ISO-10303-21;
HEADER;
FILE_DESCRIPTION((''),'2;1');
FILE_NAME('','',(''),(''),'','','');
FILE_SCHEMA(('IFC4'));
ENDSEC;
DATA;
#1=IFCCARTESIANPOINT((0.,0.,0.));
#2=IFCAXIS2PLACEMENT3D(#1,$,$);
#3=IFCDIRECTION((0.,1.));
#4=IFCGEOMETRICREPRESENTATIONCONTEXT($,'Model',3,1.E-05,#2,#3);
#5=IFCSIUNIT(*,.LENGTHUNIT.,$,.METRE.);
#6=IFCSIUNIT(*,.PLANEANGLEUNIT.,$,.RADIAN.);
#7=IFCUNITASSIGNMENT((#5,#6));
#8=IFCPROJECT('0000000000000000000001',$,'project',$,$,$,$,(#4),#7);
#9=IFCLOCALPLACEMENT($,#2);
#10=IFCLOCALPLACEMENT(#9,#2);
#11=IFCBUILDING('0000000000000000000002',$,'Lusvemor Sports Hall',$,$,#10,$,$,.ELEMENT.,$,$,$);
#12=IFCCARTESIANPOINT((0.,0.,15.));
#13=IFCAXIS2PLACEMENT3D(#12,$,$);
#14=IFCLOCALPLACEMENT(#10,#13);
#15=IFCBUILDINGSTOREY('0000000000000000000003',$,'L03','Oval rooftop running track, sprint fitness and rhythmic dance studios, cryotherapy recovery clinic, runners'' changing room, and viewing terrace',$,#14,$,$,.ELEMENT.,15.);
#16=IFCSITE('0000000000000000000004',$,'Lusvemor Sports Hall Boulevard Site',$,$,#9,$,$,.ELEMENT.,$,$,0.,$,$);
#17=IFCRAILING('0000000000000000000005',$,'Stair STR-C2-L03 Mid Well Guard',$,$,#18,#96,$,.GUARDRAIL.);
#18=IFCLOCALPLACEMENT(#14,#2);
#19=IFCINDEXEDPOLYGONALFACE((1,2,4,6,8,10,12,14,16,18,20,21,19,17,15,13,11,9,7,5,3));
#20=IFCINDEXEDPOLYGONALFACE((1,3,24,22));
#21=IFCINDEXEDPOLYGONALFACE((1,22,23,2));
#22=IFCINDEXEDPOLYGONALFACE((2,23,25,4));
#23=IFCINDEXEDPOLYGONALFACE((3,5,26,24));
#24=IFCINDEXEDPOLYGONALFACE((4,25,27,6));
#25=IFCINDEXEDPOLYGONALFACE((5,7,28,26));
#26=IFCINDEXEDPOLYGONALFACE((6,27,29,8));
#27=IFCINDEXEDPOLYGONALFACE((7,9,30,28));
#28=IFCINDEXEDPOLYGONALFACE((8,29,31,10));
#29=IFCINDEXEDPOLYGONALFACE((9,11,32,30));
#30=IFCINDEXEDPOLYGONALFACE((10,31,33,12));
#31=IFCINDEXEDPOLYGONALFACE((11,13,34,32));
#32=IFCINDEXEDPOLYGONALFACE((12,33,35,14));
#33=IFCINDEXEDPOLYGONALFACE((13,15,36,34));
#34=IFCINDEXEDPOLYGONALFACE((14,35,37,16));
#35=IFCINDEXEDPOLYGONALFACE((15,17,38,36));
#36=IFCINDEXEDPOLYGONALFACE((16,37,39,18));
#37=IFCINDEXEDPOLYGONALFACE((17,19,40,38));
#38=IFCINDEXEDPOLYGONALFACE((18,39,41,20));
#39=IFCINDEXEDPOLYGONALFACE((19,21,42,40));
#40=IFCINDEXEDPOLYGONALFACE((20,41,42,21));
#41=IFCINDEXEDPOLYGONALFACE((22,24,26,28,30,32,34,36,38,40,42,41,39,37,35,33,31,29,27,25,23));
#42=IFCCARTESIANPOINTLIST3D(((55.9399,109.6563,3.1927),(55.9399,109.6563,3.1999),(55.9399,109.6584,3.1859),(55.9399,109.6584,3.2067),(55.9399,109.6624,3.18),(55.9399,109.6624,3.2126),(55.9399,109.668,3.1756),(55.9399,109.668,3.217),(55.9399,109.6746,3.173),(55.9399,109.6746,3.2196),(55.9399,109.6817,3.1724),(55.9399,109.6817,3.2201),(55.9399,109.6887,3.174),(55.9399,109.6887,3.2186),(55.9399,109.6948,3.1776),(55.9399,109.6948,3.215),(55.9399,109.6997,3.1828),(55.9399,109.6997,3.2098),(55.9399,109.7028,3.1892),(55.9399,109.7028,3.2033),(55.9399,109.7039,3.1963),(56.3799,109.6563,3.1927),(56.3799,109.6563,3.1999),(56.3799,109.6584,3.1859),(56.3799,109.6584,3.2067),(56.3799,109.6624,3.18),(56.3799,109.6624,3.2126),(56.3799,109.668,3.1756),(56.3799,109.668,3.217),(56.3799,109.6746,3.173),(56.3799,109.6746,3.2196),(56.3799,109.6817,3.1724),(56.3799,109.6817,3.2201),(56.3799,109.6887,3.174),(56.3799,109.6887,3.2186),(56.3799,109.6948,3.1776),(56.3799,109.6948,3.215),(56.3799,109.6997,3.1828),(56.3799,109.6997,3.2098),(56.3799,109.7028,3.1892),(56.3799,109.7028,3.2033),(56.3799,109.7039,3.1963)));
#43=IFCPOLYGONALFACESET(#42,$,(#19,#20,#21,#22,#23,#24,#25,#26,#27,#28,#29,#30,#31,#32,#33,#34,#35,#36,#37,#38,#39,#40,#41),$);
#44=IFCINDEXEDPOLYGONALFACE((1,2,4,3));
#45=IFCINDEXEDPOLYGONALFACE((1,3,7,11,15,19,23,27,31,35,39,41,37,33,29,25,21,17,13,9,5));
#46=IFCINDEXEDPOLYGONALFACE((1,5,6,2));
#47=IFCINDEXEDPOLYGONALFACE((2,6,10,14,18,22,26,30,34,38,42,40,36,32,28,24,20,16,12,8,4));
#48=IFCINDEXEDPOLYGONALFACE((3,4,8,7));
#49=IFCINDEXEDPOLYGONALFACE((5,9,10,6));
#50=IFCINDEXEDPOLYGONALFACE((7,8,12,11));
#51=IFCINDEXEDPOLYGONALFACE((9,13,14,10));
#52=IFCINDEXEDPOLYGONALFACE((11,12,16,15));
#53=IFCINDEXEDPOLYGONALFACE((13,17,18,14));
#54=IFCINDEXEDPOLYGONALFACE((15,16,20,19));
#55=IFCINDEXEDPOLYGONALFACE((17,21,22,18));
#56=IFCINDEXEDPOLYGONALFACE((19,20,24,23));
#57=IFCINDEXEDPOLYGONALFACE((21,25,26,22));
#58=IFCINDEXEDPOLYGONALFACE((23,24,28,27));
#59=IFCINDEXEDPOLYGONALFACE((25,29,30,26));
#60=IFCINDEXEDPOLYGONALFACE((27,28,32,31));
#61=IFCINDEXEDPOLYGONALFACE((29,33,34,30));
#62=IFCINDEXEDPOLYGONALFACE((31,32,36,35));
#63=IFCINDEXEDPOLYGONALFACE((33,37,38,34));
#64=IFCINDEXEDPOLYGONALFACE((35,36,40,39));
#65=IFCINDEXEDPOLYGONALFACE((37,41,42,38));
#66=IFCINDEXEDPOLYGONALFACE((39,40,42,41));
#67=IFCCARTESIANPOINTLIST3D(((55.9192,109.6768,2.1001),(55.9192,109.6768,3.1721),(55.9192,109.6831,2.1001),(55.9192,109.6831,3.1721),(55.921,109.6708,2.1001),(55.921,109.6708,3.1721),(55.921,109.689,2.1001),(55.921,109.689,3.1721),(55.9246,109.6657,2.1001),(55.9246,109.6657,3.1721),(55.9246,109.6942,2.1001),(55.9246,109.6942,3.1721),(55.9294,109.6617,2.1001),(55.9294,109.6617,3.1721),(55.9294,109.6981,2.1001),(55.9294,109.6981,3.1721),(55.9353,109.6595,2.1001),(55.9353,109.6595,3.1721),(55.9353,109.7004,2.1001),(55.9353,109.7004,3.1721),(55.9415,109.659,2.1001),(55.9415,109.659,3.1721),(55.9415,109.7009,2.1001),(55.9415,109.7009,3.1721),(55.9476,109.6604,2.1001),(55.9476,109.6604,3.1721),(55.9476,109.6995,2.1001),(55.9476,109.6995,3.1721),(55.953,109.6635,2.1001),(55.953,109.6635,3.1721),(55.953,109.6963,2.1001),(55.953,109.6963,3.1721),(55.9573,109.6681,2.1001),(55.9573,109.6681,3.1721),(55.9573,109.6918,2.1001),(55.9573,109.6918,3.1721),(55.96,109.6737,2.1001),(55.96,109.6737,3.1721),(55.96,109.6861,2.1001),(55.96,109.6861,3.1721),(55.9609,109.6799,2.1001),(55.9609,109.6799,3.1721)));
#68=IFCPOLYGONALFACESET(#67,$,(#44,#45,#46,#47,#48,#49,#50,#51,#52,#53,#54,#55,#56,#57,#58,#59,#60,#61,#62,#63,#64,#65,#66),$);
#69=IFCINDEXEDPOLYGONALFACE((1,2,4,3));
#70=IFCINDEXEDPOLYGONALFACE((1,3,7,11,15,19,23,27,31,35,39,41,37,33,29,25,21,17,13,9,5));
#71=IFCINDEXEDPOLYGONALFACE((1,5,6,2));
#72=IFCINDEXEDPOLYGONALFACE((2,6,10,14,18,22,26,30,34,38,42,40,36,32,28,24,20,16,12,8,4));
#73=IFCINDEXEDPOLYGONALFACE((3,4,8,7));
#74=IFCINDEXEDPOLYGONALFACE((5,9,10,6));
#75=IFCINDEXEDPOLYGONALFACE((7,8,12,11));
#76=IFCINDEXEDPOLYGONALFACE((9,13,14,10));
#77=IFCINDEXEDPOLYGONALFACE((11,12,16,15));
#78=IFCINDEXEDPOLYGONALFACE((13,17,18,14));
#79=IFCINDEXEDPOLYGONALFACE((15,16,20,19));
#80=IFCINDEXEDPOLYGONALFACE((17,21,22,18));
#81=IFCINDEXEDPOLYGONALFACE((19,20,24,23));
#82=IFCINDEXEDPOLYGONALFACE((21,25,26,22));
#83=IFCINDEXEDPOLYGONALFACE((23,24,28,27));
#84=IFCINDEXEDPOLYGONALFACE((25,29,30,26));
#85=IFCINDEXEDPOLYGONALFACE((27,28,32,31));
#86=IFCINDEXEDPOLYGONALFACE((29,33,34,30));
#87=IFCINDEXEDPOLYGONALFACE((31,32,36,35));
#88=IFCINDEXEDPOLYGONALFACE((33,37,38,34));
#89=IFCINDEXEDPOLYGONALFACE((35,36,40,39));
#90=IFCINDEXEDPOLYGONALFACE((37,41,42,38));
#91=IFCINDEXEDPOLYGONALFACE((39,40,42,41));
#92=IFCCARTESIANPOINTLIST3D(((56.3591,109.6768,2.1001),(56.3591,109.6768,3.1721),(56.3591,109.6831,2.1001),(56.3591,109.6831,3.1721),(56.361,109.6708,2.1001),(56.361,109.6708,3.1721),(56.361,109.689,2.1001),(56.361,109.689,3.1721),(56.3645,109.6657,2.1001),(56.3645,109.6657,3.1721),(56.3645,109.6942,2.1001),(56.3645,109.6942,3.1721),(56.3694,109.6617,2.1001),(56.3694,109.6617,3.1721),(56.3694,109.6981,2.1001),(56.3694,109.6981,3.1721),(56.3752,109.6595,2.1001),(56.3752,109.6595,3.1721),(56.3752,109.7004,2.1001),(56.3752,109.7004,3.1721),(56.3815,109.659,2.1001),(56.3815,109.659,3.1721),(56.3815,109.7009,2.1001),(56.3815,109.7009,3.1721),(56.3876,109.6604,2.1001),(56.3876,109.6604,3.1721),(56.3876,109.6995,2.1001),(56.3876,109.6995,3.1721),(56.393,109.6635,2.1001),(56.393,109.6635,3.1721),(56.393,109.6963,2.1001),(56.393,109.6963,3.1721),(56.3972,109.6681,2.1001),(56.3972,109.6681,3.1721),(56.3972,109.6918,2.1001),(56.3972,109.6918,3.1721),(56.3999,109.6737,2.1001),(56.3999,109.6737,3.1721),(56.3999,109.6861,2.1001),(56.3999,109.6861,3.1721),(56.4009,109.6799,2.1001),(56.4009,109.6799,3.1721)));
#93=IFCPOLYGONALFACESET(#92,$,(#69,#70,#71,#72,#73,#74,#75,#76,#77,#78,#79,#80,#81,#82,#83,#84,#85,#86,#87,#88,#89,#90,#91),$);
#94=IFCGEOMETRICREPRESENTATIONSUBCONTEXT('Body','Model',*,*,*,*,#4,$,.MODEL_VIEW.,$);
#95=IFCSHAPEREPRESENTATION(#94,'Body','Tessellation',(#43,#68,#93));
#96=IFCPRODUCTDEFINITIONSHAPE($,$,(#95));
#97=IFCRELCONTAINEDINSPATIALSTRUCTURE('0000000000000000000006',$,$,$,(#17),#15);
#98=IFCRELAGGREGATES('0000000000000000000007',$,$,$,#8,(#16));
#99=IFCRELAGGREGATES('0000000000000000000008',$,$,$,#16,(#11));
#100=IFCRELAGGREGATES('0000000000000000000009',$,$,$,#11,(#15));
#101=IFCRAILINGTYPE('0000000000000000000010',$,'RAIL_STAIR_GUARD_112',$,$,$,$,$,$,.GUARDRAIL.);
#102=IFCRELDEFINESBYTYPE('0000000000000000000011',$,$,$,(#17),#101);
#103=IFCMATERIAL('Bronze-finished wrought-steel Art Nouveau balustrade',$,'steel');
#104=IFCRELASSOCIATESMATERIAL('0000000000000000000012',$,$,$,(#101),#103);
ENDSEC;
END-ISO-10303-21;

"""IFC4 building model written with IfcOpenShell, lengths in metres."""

from ifc_helpers import new_model, si_unit, direction, frame, origin, origin_2d, place, context, subcontext, project, spatial, circle, extrude, material, type_object, element, save


model = new_model("IFC4")

# Units and contexts
model_context = context("Model", 3, precision=1e-05, world=origin(), true_north=direction((0.0, 1.0)))
body_context = subcontext(model_context, "Body", "Model", "MODEL_VIEW")
ifc_project = project(units=[si_unit("LENGTHUNIT", "METRE"), si_unit("PLANEANGLEUNIT", "RADIAN")], contexts=[model_context])

# Site, building, storey
site_placement = place(None, origin())
site = spatial("IfcSite", under=ifc_project, at=site_placement, Name="Lusvemor Sports Hall Boulevard Site", CompositionType="ELEMENT", RefElevation=0.0)
building_placement = place(site_placement, origin())
building = spatial("IfcBuilding", under=site, at=building_placement, Name="Lusvemor Sports Hall", CompositionType="ELEMENT")
storey_placement = place(building_placement, frame((0.0, 0.0, 15.0)))
storey = spatial("IfcBuildingStorey", under=building, at=storey_placement, Name="L03", Description="Oval rooftop running track, sprint fitness and rhythmic dance studios, cryotherapy recovery clinic, runners' changing room, and viewing terrace", CompositionType="ELEMENT", Elevation=15.0)

# Railing
ifc_material_1 = material(Name="Bronze-finished wrought-steel Art Nouveau balustrade", Category="steel")
railing_type_1 = type_object("IfcRailingType", Name="RAIL_STAIR_GUARD_112", PredefinedType="GUARDRAIL", material=ifc_material_1)
railing_1_placement = place(storey_placement, frame((55.9399, 109.6799, 2.1001)))
element("IfcRailing", 1, at=railing_1_placement, inside=storey, type_object=railing_type_1, Name="Stair STR-C2-L03 Mid Well Guard", PredefinedType="GUARDRAIL", context=body_context, shape_type="SweptSolid", body=[
    extrude(circle(Radius=0.0239, at=origin_2d()), frame((0.0, 0.0, 1.0962), z_axis=(1.0, 0.0, 0.0), x_axis=(0.0, 1.0, 0.0)), (0.0, 0.0, 1.0), 0.4399),
    extrude(circle(Radius=0.021, at=origin_2d()), origin(), (0.0, 0.0, 1.0), 1.072),
    extrude(circle(Radius=0.021, at=origin_2d()), frame((0.4399, 0.0, 0.0)), (0.0, 0.0, 1.0), 1.072),
])

save(model, "model.ifc")
